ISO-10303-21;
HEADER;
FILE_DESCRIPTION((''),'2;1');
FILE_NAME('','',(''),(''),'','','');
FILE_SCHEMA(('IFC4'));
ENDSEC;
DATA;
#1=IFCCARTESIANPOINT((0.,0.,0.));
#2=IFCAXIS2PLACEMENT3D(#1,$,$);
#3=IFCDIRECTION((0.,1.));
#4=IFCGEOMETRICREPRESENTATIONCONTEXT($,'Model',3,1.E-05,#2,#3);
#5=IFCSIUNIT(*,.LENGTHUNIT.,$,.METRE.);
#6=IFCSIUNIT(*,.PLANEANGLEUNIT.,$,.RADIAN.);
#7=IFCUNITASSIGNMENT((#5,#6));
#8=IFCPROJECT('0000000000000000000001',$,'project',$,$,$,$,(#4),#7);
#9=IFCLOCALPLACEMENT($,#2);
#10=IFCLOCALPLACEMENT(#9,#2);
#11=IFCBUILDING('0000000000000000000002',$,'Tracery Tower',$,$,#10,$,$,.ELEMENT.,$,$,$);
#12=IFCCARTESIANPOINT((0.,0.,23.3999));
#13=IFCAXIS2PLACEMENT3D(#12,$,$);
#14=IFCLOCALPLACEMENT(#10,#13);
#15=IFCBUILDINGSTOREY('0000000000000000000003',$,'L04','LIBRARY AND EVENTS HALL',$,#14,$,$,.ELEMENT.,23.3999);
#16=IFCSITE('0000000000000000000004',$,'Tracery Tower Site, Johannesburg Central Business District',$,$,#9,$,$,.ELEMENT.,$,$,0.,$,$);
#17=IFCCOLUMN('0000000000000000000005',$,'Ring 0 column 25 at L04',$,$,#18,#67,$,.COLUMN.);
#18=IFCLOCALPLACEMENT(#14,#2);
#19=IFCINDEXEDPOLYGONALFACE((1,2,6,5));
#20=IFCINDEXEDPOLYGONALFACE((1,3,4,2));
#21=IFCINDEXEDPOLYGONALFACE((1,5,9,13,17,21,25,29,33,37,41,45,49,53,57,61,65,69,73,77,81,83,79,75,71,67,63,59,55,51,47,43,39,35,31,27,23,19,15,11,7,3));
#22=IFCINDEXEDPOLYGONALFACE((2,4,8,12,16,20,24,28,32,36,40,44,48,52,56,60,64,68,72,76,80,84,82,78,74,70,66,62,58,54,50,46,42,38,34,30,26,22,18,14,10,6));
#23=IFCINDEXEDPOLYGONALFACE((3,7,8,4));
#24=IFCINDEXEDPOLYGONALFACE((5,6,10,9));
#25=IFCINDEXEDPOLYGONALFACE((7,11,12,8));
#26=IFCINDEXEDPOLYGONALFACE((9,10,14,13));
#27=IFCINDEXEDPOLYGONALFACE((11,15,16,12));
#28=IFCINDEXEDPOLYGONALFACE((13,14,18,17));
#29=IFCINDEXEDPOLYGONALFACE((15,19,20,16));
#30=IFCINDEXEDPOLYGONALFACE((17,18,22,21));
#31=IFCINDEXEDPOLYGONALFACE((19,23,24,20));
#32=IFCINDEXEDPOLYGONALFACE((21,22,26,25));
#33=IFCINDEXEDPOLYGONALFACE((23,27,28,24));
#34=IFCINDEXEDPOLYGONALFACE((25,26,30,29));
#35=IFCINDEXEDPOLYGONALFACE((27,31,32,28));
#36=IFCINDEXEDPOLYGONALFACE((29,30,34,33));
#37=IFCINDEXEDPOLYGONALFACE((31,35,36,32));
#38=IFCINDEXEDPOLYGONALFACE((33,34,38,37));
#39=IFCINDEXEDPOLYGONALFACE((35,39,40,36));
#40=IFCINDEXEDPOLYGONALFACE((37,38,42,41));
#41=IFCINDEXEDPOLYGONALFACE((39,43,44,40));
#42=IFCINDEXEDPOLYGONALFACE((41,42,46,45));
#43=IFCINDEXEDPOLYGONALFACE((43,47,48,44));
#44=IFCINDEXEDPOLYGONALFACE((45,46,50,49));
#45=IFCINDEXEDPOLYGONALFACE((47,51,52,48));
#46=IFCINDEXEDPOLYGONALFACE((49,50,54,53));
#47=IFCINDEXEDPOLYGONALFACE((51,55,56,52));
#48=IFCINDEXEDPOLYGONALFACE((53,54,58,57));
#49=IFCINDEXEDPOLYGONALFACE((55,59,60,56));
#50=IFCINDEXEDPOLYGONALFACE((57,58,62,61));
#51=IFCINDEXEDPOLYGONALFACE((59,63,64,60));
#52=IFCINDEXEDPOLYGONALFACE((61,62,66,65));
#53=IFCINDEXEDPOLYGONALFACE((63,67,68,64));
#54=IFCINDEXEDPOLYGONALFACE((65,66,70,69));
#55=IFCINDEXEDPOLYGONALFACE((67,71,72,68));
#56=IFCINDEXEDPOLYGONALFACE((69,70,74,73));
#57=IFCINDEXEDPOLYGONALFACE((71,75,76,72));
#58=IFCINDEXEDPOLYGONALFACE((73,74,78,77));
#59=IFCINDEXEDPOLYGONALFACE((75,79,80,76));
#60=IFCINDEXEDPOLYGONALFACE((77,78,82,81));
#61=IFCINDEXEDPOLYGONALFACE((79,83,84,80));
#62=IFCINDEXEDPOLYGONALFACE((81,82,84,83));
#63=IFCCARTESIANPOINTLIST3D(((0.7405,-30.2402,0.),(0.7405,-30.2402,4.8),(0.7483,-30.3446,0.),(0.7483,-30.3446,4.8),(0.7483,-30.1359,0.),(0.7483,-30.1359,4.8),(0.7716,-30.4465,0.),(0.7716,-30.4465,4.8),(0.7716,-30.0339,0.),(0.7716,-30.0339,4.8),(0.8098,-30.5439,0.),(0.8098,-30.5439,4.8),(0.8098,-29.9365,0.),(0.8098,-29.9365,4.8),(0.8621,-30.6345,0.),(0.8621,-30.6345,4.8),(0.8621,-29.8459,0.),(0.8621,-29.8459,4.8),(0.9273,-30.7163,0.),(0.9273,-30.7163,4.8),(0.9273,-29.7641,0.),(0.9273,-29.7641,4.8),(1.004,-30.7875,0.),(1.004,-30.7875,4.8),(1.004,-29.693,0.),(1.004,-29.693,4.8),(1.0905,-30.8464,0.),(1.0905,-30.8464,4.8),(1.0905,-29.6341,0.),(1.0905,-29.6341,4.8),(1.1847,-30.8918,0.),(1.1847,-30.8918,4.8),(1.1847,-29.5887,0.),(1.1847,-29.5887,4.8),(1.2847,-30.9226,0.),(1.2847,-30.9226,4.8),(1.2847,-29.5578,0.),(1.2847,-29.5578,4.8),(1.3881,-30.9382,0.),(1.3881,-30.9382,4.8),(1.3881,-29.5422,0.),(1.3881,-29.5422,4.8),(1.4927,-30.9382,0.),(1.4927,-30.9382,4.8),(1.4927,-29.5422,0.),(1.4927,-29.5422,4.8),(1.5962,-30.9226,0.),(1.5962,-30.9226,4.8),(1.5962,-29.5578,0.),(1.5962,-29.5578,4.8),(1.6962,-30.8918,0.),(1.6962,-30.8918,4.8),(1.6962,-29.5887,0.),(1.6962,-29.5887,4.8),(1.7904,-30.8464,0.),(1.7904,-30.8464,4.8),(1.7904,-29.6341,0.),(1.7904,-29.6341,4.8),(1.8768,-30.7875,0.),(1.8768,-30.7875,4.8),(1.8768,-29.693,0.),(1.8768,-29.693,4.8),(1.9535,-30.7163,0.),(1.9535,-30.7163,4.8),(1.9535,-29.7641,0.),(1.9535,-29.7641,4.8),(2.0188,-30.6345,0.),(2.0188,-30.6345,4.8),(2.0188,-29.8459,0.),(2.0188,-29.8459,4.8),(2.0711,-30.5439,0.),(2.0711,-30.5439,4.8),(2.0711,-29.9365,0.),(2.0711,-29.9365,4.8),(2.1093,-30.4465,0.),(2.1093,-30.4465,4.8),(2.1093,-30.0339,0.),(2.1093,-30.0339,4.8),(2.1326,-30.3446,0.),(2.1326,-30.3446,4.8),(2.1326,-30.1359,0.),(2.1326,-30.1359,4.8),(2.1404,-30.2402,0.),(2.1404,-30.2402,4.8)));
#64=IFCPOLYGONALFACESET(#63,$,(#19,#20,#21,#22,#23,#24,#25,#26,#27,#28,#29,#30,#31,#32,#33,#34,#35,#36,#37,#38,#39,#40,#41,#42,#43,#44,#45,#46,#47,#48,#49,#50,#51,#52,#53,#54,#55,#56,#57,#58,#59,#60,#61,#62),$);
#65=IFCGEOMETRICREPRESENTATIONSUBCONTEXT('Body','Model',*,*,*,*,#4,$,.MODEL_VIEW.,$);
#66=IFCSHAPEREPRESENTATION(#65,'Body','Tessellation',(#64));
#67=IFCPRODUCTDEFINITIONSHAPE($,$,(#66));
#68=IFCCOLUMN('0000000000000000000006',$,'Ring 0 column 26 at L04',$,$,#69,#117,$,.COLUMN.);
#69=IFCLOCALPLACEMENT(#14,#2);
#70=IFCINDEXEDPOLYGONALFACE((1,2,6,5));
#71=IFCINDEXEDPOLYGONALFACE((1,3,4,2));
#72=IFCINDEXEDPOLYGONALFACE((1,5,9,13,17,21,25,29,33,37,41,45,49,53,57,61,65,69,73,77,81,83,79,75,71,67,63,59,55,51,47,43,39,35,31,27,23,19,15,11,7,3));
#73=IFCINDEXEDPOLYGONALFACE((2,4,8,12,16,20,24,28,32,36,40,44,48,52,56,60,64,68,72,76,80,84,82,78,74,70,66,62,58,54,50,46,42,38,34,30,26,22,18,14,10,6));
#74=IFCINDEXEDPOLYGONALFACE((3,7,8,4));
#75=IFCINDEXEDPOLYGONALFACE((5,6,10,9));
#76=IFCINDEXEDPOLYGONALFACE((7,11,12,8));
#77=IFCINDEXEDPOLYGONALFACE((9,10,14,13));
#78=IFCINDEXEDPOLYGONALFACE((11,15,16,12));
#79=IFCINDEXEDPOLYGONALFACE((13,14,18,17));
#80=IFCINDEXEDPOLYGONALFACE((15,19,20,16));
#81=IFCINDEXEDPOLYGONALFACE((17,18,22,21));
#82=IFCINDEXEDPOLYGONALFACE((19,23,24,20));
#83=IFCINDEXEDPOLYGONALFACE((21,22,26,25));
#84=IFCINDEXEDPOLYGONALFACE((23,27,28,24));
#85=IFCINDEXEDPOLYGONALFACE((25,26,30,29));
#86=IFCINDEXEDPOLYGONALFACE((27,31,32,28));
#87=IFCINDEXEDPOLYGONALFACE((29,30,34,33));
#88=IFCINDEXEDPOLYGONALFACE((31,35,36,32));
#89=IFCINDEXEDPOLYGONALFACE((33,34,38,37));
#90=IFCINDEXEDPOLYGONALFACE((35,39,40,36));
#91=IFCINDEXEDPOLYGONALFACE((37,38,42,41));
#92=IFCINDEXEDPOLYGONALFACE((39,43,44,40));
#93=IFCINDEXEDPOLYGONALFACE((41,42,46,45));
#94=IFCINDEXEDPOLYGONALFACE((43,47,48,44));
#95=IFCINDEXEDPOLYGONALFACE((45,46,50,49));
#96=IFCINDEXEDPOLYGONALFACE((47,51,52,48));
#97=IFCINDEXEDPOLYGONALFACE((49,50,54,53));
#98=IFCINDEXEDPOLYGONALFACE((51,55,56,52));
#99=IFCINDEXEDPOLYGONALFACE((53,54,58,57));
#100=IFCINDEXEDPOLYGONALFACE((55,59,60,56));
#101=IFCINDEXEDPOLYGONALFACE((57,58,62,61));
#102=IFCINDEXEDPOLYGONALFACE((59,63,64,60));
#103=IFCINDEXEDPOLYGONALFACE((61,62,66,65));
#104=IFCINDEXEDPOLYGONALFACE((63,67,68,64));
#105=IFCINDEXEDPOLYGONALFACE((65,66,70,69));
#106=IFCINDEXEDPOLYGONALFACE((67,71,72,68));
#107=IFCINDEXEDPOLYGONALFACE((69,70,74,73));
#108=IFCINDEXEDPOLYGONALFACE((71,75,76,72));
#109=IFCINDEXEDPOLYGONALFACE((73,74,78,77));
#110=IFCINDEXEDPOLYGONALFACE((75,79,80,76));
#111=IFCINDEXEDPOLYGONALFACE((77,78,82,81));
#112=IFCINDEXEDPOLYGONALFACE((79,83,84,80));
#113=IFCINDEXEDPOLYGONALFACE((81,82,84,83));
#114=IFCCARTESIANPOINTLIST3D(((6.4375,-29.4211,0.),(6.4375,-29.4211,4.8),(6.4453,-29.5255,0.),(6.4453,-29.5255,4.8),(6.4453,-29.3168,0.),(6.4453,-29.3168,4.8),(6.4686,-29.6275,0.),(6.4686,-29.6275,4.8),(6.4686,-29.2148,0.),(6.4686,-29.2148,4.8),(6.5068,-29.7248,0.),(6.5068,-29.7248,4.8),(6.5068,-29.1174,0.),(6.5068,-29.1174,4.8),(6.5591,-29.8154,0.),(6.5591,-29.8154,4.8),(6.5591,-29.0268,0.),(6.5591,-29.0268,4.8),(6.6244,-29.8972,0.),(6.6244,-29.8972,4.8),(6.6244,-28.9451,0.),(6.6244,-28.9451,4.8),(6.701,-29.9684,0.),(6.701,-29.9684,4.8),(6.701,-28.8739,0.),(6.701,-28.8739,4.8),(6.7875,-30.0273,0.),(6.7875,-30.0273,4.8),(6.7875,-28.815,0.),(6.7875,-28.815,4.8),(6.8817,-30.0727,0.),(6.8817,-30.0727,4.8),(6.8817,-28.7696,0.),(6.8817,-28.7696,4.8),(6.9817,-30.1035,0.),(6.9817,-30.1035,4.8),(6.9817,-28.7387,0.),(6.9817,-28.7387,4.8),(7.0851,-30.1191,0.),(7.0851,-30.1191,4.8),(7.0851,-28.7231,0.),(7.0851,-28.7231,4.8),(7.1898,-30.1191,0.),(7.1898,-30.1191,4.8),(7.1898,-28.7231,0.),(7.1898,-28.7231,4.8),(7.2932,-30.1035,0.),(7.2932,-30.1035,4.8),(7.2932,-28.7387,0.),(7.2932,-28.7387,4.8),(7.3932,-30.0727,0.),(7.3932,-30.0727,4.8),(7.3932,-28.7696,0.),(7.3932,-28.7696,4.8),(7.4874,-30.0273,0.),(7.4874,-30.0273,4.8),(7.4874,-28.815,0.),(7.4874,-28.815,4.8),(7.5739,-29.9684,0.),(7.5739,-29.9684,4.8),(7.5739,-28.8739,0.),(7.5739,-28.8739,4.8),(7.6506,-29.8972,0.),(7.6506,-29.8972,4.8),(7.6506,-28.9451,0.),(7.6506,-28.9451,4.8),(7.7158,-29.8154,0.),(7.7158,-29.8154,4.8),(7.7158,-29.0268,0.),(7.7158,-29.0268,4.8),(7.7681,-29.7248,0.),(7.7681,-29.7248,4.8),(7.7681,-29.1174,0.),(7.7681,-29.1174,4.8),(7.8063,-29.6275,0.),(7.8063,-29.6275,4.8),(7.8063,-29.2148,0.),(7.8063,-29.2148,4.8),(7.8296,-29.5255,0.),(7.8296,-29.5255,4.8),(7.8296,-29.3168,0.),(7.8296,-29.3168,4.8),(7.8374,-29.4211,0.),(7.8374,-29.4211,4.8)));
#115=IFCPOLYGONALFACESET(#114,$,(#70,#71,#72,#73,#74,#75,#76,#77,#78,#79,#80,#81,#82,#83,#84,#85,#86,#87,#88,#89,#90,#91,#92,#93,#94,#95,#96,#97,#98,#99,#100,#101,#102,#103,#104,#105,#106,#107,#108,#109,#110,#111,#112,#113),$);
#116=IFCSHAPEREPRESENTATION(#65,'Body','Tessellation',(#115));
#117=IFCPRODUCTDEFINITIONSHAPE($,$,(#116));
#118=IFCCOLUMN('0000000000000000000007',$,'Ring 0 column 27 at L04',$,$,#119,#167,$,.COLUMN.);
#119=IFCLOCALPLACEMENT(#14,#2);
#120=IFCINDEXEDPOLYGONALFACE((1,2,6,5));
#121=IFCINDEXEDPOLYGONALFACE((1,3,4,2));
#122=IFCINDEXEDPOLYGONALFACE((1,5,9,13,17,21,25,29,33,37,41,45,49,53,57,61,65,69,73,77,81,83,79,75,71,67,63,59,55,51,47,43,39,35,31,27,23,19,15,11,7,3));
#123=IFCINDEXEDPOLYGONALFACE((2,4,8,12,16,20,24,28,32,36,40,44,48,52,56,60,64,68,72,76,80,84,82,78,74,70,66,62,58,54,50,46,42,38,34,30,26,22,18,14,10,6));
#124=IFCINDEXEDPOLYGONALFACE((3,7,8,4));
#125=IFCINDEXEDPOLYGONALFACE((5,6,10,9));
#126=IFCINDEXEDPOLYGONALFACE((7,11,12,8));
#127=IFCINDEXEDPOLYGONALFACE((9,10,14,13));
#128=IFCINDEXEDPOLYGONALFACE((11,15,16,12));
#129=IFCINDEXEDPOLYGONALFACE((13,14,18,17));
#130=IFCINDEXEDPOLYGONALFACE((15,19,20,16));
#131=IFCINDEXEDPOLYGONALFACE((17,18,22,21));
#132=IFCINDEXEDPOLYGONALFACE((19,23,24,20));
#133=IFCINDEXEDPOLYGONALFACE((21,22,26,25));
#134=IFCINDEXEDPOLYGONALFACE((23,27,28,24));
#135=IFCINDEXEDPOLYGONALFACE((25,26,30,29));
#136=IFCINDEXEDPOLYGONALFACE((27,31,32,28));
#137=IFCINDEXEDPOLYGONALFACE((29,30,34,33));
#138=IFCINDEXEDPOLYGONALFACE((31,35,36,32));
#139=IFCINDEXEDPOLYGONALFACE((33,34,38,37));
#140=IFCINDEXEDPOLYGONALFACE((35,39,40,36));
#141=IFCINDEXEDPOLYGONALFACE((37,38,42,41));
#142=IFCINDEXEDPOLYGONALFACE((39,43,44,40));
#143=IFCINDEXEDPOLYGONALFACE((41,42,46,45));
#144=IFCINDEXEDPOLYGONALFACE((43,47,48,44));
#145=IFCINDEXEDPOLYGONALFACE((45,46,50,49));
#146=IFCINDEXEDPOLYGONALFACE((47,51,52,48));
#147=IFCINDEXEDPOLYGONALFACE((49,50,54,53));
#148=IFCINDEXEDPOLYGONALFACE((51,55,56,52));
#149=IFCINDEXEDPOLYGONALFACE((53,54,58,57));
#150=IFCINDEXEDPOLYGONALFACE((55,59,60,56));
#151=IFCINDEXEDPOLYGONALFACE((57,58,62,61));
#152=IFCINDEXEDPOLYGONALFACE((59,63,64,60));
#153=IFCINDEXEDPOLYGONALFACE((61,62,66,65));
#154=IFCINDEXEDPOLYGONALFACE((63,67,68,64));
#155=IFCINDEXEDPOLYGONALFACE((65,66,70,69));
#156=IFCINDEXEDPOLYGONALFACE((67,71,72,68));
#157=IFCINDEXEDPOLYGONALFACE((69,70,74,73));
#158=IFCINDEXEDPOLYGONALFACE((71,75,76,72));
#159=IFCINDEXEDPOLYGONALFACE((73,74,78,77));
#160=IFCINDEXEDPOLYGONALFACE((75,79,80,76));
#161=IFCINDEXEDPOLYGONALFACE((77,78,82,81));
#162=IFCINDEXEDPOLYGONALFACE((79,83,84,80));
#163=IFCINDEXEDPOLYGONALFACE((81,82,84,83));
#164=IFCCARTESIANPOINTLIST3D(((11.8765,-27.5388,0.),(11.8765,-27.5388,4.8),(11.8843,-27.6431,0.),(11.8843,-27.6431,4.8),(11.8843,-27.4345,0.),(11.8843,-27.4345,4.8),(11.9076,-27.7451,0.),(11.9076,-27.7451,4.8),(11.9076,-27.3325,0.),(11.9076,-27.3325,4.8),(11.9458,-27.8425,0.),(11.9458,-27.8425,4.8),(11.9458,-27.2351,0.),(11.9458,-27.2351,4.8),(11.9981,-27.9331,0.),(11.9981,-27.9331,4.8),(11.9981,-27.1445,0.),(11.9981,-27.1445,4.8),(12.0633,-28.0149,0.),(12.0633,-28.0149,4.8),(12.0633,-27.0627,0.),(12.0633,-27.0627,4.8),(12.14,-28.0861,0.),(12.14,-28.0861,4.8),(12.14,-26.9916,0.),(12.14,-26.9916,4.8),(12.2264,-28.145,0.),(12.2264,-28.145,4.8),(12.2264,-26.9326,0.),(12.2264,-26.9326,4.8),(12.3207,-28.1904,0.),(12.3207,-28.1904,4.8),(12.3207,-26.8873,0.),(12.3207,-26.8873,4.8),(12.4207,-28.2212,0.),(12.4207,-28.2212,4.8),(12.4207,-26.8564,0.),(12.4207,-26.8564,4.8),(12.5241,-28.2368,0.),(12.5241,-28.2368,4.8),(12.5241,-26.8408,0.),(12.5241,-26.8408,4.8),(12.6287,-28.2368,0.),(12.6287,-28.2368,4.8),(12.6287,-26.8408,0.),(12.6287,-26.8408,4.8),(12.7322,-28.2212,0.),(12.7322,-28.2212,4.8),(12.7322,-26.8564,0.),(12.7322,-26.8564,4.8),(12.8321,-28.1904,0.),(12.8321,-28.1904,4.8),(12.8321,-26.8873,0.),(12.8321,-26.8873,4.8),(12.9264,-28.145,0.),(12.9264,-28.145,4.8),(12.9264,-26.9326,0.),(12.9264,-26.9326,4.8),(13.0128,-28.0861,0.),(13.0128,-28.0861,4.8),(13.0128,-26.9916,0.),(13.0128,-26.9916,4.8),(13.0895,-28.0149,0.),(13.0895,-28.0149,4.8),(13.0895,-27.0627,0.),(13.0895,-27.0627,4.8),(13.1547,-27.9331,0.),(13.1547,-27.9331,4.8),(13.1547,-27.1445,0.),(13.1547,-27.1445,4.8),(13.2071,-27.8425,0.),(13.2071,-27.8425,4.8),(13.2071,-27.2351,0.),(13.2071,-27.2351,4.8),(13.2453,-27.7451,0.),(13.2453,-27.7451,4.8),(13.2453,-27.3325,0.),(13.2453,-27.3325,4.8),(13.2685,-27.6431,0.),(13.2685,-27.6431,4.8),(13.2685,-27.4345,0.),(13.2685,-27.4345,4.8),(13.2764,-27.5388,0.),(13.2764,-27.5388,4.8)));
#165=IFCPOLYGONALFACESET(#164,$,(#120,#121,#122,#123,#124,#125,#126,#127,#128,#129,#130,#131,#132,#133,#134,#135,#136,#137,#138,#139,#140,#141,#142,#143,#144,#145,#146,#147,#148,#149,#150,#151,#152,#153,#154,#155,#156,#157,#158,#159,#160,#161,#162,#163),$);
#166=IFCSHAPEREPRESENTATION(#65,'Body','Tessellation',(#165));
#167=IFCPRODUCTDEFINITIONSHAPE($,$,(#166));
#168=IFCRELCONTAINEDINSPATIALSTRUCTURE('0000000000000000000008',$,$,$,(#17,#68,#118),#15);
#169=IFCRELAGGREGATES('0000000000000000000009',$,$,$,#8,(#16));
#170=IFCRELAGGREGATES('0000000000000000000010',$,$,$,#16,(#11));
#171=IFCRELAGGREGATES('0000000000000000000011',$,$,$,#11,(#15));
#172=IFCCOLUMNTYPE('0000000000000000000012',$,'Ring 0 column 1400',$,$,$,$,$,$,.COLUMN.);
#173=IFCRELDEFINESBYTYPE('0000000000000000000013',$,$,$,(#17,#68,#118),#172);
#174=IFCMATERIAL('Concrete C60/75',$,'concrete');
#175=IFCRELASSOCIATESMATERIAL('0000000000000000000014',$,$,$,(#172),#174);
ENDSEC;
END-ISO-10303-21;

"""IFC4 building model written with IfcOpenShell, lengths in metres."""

from ifc_helpers import new_model, si_unit, direction, frame, origin, origin_2d, place, context, subcontext, project, spatial, circle, extrude, material, material_profile, profile_set, type_object, element, save


model = new_model("IFC4")

# Units and contexts
model_context = context("Model", 3, precision=1e-05, world=origin(), true_north=direction((0.0, 1.0)))
body_context = subcontext(model_context, "Body", "Model", "MODEL_VIEW")
ifc_project = project(units=[si_unit("LENGTHUNIT", "METRE"), si_unit("PLANEANGLEUNIT", "RADIAN")], contexts=[model_context])

# Site, building, storey
site_placement = place(None, origin())
site = spatial("IfcSite", under=ifc_project, at=site_placement, Name="Tracery Tower Site, Johannesburg Central Business District", CompositionType="ELEMENT", RefElevation=0.0)
building_placement = place(site_placement, origin())
building = spatial("IfcBuilding", under=site, at=building_placement, Name="Tracery Tower", CompositionType="ELEMENT")
storey_placement = place(building_placement, frame((0.0, 0.0, 23.3999)))
storey = spatial("IfcBuildingStorey", under=building, at=storey_placement, Name="L04", Description="LIBRARY AND EVENTS HALL", CompositionType="ELEMENT", Elevation=23.3999)

# Columns
ifc_material_1 = material(Name="Concrete C60/75", Category="concrete")
ifc_material_profile_1 = material_profile(ifc_material_1, circle(Radius=0.7, at=origin_2d()), Name="RC D1400")
ifc_profile_set_1 = profile_set([ifc_material_profile_1], Name="Concrete C60/75")
column_type_1 = type_object("IfcColumnType", Name="Ring 0 column 1400", PredefinedType="COLUMN", material=ifc_profile_set_1)
for number, where, z_axis, x_axis, name in (
    (1, (1.4404, -30.2402, 0.0), (0.0, 0.0, 1.0), (1.0, 0.0, 0.0), "Ring 0 column 25 at L04"),
    (2, (7.1375, -29.4211, 0.0), (0.0, 0.0, 1.0), (1.0, 0.0, 0.0), "Ring 0 column 26 at L04"),
    (3, (12.5764, -27.5388, 0.0), (0.0, 0.0, 1.0), (1.0, 0.0, 0.0), "Ring 0 column 27 at L04"),
):
    element("IfcColumn", number, at=place(storey_placement, frame(where, z_axis=z_axis, x_axis=x_axis)), inside=storey, type_object=column_type_1, Name=name, PredefinedType="COLUMN", context=body_context, shape_type="SweptSolid", body=[
        extrude(circle(Radius=0.7, at=origin_2d()), origin(), (0.0, 0.0, 1.0), 4.8),
    ])

save(model, "model.ifc")
